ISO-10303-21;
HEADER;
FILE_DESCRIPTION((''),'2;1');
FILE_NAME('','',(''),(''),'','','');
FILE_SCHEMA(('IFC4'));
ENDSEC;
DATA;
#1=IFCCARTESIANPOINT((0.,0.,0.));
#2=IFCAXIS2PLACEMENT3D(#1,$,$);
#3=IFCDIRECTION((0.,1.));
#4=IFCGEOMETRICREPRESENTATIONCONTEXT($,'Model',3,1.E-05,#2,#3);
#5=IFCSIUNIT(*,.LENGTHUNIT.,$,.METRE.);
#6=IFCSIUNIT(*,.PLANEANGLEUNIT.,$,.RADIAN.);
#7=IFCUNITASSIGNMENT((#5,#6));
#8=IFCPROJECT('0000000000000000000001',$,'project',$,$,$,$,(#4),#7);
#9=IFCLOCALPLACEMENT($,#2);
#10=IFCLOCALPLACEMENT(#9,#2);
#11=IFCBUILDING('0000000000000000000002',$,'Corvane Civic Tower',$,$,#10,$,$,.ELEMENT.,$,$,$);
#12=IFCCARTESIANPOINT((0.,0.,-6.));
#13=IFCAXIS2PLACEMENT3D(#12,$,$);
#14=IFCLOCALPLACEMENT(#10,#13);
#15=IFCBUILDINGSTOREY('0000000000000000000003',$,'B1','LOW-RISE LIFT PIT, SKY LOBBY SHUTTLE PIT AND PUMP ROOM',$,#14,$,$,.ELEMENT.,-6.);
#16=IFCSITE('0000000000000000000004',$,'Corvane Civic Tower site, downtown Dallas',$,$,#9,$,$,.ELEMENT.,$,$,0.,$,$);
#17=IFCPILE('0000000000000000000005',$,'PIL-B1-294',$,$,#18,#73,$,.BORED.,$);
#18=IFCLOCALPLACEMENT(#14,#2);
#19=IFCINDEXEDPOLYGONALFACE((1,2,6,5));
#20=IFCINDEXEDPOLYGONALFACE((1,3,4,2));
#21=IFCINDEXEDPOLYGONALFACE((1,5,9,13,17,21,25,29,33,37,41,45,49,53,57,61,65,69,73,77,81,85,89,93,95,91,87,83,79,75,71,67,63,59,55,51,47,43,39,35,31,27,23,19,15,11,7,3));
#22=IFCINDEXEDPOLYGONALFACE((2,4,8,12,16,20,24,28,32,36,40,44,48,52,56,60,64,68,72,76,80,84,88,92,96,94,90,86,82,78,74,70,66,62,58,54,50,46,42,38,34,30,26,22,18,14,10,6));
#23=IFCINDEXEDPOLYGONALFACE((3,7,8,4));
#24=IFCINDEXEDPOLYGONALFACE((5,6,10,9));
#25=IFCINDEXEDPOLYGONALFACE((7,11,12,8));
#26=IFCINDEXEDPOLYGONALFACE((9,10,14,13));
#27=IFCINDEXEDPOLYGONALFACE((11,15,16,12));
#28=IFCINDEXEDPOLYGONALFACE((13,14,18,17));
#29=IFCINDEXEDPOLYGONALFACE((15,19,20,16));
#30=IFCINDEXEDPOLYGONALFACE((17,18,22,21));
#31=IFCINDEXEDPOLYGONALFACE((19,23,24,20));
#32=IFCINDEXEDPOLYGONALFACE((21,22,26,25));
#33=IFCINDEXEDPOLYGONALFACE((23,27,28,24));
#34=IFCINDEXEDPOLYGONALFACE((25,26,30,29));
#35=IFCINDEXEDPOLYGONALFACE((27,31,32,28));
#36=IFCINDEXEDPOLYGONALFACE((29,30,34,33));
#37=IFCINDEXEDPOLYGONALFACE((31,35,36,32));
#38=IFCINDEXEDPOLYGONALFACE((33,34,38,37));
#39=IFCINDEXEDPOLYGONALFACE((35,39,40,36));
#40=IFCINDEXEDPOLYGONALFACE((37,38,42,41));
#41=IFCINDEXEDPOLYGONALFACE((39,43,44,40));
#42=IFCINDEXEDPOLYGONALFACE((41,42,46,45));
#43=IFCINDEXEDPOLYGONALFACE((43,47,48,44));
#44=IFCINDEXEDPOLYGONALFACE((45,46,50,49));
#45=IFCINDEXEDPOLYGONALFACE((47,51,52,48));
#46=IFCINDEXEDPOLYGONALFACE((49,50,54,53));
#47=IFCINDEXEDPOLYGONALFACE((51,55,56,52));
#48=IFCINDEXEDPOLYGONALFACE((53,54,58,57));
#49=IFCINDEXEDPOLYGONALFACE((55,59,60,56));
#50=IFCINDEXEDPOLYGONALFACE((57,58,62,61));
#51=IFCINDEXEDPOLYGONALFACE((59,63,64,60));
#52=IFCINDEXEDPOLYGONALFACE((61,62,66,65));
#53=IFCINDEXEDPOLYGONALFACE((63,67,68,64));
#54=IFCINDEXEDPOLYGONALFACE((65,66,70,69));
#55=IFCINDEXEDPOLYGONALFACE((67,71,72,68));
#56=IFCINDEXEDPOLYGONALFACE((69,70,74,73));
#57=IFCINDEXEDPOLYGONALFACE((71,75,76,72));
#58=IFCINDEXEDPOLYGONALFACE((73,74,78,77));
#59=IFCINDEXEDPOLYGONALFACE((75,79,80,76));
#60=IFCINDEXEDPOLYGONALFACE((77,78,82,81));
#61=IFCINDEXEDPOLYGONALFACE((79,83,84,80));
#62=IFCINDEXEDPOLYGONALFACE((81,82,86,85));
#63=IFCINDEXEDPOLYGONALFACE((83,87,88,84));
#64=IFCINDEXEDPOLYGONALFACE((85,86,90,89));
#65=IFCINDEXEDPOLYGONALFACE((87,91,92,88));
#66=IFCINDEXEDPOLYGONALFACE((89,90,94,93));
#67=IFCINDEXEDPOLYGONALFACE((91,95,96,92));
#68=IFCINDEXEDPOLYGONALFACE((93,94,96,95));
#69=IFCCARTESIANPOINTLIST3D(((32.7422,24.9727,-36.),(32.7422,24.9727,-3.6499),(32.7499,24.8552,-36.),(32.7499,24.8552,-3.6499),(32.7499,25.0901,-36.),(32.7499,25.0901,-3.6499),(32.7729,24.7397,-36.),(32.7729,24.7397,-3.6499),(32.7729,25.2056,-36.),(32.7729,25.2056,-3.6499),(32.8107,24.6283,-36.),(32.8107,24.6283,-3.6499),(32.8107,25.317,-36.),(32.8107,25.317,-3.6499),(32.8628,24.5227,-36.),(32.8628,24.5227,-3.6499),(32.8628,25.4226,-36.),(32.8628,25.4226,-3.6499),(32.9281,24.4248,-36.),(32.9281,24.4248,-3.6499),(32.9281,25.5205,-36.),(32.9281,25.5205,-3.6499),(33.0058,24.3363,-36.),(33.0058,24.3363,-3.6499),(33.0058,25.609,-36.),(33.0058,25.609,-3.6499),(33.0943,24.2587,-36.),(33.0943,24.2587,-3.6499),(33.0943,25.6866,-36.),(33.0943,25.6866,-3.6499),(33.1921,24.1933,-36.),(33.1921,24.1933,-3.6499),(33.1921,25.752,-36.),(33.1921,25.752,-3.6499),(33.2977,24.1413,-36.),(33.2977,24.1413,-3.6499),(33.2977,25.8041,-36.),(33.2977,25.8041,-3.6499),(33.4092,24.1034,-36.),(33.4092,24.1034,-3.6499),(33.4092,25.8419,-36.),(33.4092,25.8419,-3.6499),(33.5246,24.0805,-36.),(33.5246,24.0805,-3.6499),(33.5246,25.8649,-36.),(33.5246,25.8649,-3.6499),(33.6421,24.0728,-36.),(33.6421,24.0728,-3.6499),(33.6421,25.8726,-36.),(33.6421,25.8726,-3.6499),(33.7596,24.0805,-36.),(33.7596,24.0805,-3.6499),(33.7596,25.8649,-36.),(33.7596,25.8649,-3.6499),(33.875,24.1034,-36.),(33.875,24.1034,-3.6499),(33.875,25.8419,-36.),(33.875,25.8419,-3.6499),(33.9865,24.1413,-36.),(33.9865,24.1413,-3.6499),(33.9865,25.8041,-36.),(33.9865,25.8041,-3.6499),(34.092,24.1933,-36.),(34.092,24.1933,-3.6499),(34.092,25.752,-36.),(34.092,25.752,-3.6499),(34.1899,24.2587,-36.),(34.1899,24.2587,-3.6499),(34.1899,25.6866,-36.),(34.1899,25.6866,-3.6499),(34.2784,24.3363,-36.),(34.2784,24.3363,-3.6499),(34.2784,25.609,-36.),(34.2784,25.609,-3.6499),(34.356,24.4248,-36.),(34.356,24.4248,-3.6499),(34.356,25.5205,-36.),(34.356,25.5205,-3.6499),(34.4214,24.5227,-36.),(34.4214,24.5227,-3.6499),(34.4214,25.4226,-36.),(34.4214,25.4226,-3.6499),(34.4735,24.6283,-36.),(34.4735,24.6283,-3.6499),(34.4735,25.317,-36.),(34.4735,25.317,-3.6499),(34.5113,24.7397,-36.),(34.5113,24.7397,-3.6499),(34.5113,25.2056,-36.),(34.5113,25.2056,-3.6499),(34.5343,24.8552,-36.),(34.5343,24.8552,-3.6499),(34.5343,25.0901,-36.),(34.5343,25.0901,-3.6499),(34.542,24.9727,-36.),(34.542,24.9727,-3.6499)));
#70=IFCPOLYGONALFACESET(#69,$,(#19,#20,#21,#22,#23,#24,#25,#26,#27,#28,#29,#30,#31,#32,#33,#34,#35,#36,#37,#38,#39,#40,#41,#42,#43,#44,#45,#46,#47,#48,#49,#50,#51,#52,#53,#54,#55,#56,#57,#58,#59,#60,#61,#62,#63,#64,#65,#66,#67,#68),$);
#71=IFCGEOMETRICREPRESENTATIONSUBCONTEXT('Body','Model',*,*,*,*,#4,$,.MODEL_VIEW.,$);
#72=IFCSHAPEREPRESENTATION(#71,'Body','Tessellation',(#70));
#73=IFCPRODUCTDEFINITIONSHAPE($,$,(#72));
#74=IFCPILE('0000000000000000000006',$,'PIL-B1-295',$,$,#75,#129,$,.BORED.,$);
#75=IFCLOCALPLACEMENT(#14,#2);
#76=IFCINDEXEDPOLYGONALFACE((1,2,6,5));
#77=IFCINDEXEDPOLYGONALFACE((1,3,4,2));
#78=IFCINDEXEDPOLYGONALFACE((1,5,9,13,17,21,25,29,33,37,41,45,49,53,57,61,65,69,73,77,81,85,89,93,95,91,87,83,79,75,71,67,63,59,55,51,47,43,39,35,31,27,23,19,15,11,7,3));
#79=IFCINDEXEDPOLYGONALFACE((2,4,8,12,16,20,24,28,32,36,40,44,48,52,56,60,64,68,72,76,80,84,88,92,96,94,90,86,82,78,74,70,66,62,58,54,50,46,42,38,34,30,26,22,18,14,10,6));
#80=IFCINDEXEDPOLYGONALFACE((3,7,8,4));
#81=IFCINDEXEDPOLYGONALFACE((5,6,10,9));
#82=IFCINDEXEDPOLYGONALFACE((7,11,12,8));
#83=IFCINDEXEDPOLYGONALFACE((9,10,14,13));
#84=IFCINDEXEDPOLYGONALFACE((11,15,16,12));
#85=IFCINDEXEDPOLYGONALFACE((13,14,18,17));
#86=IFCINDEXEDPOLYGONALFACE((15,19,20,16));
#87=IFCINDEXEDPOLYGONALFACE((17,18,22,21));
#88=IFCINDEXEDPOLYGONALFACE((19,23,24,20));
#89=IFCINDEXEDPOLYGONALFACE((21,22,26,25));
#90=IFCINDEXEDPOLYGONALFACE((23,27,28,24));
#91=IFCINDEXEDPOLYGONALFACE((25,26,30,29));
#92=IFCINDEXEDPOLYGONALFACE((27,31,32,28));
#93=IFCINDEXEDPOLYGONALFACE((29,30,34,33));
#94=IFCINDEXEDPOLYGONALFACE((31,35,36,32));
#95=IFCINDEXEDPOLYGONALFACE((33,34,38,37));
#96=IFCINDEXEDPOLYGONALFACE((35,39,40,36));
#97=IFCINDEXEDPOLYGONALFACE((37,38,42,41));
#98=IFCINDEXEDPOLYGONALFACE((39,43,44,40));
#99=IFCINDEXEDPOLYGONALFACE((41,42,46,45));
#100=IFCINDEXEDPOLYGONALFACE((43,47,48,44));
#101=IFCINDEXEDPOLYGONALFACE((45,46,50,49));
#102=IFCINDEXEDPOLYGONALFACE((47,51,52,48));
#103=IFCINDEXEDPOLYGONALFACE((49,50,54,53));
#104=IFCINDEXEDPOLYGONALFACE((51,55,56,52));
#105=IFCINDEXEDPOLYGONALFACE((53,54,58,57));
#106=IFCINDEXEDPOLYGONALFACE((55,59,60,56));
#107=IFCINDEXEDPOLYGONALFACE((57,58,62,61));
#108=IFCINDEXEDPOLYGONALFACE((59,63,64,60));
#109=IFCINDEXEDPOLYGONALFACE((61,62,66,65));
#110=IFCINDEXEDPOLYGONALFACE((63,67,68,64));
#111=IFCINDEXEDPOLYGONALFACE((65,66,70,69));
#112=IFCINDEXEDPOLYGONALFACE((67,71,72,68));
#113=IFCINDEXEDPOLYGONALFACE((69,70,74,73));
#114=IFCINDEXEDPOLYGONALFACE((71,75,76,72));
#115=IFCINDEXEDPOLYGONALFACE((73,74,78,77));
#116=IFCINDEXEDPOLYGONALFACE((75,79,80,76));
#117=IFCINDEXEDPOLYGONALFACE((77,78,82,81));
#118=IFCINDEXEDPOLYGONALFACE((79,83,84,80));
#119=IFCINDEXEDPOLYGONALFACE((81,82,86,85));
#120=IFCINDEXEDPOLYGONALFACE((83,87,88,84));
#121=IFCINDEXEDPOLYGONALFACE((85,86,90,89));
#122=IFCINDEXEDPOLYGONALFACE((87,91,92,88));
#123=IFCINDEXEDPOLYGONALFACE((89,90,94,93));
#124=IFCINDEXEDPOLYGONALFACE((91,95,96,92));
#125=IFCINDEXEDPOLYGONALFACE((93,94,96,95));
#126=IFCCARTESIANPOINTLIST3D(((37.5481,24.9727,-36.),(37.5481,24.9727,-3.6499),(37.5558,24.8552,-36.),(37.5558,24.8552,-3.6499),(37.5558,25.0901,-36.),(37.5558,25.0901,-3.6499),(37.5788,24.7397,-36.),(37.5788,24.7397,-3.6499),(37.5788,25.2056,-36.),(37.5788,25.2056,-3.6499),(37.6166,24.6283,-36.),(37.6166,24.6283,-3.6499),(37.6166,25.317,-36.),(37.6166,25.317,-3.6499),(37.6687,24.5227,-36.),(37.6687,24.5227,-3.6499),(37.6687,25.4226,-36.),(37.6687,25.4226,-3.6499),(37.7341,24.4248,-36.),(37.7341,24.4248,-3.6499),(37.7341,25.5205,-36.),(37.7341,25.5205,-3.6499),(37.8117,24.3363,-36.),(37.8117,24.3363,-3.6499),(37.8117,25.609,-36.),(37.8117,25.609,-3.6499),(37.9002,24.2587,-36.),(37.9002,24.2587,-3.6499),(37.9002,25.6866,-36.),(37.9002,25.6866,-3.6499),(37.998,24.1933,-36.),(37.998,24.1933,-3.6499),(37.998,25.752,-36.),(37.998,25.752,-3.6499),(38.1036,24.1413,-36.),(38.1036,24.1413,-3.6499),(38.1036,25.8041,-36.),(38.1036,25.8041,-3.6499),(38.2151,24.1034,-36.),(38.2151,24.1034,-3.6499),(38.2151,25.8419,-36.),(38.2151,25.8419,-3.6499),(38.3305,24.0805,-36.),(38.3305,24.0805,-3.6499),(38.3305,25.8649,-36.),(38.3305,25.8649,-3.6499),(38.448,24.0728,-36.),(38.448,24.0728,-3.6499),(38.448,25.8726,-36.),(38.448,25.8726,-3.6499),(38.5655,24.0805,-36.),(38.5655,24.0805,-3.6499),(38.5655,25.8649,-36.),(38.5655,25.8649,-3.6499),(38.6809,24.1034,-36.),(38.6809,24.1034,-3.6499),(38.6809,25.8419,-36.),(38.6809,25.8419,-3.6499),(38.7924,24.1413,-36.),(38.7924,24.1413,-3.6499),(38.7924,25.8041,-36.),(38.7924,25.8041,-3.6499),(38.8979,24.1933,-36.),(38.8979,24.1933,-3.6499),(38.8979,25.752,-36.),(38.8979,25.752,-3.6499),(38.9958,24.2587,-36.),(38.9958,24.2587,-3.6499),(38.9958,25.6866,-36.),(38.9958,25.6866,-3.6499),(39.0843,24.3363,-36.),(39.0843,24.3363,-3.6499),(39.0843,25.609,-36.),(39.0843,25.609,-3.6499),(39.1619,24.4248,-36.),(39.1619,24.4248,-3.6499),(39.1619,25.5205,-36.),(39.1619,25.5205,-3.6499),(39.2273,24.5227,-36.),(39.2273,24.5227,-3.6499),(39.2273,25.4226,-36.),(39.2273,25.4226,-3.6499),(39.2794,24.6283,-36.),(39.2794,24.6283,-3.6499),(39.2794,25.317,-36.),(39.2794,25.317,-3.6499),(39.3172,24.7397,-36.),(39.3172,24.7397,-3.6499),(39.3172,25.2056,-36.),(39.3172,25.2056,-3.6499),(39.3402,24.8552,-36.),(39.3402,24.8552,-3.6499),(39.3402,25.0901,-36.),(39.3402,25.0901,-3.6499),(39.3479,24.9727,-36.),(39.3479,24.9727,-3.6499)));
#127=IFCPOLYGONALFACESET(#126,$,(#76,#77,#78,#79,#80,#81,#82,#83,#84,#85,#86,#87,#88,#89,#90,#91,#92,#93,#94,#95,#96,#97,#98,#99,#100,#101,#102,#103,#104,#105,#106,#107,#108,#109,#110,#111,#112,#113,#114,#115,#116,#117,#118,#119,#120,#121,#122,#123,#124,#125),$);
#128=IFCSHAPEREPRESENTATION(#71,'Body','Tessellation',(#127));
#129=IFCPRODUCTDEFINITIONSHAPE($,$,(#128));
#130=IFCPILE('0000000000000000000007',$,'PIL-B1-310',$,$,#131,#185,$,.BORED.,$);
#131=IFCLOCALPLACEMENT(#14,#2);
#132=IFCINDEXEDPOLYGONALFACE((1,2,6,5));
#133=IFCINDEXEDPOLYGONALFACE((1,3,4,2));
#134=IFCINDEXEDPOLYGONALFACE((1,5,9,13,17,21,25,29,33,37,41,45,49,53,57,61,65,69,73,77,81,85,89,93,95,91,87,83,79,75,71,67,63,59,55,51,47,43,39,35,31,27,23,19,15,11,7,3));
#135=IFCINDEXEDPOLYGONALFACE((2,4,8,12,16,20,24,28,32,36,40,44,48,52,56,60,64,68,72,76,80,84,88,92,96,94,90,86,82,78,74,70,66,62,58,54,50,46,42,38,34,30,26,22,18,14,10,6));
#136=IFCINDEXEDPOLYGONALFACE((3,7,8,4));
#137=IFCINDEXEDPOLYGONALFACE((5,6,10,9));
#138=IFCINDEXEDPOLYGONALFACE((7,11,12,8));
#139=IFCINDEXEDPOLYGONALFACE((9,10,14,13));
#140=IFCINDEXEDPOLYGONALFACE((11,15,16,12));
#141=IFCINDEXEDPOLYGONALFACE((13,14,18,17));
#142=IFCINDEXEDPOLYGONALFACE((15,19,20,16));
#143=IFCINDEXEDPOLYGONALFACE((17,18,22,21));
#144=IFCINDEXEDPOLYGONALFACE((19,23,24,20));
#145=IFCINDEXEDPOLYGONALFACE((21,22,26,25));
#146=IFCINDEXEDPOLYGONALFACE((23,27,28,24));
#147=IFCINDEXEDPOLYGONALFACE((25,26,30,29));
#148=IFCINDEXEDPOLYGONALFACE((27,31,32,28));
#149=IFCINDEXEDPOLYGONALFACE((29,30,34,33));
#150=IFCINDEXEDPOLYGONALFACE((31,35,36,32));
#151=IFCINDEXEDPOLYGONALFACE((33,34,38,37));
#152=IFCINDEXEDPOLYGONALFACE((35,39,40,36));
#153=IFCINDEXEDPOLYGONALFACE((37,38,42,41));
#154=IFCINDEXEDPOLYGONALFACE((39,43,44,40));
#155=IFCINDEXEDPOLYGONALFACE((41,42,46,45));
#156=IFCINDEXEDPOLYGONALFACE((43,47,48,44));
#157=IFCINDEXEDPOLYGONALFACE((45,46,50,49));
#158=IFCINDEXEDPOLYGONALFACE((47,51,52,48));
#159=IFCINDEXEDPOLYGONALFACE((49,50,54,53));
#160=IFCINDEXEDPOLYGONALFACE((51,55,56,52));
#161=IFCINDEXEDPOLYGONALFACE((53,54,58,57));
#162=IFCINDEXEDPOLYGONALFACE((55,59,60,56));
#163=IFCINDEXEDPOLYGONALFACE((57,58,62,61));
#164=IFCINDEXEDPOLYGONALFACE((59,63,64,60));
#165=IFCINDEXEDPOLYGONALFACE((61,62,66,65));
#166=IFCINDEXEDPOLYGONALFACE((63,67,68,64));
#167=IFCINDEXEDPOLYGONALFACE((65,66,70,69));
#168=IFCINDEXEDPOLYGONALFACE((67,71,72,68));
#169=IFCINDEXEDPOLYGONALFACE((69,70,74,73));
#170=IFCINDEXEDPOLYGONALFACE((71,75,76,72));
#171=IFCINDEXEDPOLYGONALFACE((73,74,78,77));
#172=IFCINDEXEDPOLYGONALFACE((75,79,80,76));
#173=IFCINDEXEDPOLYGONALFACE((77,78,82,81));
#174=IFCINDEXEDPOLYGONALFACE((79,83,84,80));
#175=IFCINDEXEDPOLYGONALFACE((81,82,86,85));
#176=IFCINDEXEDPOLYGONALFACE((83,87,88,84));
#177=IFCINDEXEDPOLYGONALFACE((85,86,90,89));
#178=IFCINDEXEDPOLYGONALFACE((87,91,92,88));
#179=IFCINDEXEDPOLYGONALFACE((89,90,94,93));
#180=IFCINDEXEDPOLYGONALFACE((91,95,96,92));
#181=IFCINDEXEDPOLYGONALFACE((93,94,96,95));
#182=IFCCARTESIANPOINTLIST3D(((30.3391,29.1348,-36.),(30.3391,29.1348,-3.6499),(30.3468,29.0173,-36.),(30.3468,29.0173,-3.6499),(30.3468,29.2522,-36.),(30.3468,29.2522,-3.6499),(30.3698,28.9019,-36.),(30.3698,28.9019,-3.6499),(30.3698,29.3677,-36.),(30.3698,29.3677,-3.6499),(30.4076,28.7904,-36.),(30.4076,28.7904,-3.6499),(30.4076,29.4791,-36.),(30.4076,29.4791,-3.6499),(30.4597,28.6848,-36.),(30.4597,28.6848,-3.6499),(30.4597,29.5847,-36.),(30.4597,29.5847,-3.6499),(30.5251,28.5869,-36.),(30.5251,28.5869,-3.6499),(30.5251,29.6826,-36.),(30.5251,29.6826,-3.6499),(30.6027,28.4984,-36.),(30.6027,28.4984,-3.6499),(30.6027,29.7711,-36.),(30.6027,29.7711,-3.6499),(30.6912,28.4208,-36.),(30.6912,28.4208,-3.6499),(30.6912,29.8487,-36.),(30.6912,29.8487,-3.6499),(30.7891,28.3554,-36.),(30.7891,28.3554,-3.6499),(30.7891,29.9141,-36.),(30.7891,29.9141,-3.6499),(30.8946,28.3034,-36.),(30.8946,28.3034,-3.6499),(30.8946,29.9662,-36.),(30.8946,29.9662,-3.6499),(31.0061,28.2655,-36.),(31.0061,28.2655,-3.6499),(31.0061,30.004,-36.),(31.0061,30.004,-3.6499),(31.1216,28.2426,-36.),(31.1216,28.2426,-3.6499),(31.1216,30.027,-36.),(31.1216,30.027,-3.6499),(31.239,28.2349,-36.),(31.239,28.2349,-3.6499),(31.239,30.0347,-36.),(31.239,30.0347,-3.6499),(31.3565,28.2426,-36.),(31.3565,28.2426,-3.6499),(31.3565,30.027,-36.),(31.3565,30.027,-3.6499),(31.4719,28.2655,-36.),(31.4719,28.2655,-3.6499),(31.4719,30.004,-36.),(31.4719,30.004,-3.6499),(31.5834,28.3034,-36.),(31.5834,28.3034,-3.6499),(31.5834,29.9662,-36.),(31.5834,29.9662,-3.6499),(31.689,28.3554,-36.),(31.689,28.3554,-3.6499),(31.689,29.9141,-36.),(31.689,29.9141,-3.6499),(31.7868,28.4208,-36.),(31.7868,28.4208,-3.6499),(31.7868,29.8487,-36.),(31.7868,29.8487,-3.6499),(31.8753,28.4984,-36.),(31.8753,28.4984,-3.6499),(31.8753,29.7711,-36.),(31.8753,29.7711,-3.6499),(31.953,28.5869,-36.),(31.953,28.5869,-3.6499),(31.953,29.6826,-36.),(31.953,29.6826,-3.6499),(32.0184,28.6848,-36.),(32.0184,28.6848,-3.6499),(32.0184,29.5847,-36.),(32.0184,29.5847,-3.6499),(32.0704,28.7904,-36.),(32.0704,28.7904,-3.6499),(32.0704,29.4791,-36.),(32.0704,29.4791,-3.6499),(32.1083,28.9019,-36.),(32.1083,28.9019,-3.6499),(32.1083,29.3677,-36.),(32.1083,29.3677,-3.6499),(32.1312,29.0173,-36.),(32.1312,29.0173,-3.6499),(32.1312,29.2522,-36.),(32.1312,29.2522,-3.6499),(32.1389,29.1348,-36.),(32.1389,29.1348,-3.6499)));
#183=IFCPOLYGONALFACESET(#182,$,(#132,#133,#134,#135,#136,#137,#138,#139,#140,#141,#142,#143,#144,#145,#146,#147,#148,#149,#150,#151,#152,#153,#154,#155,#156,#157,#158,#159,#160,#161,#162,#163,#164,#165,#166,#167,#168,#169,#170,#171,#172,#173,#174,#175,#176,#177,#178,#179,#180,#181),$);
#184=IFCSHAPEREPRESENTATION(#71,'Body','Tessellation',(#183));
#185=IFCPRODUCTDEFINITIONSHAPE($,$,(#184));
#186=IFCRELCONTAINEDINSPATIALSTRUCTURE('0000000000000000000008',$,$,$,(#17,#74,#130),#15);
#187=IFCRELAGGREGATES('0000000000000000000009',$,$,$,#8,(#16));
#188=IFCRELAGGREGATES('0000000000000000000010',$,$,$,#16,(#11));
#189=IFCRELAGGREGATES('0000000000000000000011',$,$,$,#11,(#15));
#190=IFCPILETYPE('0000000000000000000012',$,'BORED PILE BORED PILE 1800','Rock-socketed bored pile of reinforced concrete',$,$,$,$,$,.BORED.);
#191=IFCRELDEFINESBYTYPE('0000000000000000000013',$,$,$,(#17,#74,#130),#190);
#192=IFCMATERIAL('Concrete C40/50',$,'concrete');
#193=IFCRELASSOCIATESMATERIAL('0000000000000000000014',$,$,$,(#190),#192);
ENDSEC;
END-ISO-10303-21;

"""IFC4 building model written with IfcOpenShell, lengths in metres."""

from ifc_helpers import new_model, si_unit, direction, frame, origin, origin_2d, place, context, subcontext, project, spatial, circle, extrude, material, material_profile, profile_set, type_object, element, save


model = new_model("IFC4")

# Units and contexts
model_context = context("Model", 3, precision=1e-05, world=origin(), true_north=direction((0.0, 1.0)))
body_context = subcontext(model_context, "Body", "Model", "MODEL_VIEW")
ifc_project = project(units=[si_unit("LENGTHUNIT", "METRE"), si_unit("PLANEANGLEUNIT", "RADIAN")], contexts=[model_context])

# Site, building, storey
site_placement = place(None, origin())
site = spatial("IfcSite", under=ifc_project, at=site_placement, Name="Corvane Civic Tower site, downtown Dallas", CompositionType="ELEMENT", RefElevation=0.0)
building_placement = place(site_placement, origin())
building = spatial("IfcBuilding", under=site, at=building_placement, Name="Corvane Civic Tower", CompositionType="ELEMENT")
storey_placement = place(building_placement, frame((0.0, 0.0, -6.0)))
storey = spatial("IfcBuildingStorey", under=building, at=storey_placement, Name="B1", Description="LOW-RISE LIFT PIT, SKY LOBBY SHUTTLE PIT AND PUMP ROOM", CompositionType="ELEMENT", Elevation=-6.0)

# Piles
ifc_material_1 = material(Name="Concrete C40/50", Category="concrete")
ifc_material_profile_1 = material_profile(ifc_material_1, circle(Radius=0.8999, at=origin_2d()), Name="BORED PILE 1800")
ifc_profile_set_1 = profile_set([ifc_material_profile_1], Name="Concrete C40/50")
pile_type_1 = type_object("IfcPileType", Name="BORED PILE BORED PILE 1800", Description="Rock-socketed bored pile of reinforced concrete", PredefinedType="BORED", material=ifc_profile_set_1)
for number, where, z_axis, x_axis, name in (
    (1, (33.6421, 24.9727, -3.6499), (0.0, 0.0, -1.0), (1.0, 0.0, 0.0), "PIL-B1-294"),
    (2, (38.448, 24.9727, -3.6499), (0.0, 0.0, -1.0), (1.0, 0.0, 0.0), "PIL-B1-295"),
    (3, (31.239, 29.1348, -3.6499), (0.0, 0.0, -1.0), (1.0, 0.0, 0.0), "PIL-B1-310"),
):
    element("IfcPile", number, at=place(storey_placement, frame(where, z_axis=z_axis, x_axis=x_axis)), inside=storey, type_object=pile_type_1, Name=name, PredefinedType="BORED", context=body_context, shape_type="SweptSolid", body=[
        extrude(circle(Radius=0.8999, at=origin_2d()), origin(), (0.0, 0.0, 1.0), 32.3501),
    ])

save(model, "model.ifc")
